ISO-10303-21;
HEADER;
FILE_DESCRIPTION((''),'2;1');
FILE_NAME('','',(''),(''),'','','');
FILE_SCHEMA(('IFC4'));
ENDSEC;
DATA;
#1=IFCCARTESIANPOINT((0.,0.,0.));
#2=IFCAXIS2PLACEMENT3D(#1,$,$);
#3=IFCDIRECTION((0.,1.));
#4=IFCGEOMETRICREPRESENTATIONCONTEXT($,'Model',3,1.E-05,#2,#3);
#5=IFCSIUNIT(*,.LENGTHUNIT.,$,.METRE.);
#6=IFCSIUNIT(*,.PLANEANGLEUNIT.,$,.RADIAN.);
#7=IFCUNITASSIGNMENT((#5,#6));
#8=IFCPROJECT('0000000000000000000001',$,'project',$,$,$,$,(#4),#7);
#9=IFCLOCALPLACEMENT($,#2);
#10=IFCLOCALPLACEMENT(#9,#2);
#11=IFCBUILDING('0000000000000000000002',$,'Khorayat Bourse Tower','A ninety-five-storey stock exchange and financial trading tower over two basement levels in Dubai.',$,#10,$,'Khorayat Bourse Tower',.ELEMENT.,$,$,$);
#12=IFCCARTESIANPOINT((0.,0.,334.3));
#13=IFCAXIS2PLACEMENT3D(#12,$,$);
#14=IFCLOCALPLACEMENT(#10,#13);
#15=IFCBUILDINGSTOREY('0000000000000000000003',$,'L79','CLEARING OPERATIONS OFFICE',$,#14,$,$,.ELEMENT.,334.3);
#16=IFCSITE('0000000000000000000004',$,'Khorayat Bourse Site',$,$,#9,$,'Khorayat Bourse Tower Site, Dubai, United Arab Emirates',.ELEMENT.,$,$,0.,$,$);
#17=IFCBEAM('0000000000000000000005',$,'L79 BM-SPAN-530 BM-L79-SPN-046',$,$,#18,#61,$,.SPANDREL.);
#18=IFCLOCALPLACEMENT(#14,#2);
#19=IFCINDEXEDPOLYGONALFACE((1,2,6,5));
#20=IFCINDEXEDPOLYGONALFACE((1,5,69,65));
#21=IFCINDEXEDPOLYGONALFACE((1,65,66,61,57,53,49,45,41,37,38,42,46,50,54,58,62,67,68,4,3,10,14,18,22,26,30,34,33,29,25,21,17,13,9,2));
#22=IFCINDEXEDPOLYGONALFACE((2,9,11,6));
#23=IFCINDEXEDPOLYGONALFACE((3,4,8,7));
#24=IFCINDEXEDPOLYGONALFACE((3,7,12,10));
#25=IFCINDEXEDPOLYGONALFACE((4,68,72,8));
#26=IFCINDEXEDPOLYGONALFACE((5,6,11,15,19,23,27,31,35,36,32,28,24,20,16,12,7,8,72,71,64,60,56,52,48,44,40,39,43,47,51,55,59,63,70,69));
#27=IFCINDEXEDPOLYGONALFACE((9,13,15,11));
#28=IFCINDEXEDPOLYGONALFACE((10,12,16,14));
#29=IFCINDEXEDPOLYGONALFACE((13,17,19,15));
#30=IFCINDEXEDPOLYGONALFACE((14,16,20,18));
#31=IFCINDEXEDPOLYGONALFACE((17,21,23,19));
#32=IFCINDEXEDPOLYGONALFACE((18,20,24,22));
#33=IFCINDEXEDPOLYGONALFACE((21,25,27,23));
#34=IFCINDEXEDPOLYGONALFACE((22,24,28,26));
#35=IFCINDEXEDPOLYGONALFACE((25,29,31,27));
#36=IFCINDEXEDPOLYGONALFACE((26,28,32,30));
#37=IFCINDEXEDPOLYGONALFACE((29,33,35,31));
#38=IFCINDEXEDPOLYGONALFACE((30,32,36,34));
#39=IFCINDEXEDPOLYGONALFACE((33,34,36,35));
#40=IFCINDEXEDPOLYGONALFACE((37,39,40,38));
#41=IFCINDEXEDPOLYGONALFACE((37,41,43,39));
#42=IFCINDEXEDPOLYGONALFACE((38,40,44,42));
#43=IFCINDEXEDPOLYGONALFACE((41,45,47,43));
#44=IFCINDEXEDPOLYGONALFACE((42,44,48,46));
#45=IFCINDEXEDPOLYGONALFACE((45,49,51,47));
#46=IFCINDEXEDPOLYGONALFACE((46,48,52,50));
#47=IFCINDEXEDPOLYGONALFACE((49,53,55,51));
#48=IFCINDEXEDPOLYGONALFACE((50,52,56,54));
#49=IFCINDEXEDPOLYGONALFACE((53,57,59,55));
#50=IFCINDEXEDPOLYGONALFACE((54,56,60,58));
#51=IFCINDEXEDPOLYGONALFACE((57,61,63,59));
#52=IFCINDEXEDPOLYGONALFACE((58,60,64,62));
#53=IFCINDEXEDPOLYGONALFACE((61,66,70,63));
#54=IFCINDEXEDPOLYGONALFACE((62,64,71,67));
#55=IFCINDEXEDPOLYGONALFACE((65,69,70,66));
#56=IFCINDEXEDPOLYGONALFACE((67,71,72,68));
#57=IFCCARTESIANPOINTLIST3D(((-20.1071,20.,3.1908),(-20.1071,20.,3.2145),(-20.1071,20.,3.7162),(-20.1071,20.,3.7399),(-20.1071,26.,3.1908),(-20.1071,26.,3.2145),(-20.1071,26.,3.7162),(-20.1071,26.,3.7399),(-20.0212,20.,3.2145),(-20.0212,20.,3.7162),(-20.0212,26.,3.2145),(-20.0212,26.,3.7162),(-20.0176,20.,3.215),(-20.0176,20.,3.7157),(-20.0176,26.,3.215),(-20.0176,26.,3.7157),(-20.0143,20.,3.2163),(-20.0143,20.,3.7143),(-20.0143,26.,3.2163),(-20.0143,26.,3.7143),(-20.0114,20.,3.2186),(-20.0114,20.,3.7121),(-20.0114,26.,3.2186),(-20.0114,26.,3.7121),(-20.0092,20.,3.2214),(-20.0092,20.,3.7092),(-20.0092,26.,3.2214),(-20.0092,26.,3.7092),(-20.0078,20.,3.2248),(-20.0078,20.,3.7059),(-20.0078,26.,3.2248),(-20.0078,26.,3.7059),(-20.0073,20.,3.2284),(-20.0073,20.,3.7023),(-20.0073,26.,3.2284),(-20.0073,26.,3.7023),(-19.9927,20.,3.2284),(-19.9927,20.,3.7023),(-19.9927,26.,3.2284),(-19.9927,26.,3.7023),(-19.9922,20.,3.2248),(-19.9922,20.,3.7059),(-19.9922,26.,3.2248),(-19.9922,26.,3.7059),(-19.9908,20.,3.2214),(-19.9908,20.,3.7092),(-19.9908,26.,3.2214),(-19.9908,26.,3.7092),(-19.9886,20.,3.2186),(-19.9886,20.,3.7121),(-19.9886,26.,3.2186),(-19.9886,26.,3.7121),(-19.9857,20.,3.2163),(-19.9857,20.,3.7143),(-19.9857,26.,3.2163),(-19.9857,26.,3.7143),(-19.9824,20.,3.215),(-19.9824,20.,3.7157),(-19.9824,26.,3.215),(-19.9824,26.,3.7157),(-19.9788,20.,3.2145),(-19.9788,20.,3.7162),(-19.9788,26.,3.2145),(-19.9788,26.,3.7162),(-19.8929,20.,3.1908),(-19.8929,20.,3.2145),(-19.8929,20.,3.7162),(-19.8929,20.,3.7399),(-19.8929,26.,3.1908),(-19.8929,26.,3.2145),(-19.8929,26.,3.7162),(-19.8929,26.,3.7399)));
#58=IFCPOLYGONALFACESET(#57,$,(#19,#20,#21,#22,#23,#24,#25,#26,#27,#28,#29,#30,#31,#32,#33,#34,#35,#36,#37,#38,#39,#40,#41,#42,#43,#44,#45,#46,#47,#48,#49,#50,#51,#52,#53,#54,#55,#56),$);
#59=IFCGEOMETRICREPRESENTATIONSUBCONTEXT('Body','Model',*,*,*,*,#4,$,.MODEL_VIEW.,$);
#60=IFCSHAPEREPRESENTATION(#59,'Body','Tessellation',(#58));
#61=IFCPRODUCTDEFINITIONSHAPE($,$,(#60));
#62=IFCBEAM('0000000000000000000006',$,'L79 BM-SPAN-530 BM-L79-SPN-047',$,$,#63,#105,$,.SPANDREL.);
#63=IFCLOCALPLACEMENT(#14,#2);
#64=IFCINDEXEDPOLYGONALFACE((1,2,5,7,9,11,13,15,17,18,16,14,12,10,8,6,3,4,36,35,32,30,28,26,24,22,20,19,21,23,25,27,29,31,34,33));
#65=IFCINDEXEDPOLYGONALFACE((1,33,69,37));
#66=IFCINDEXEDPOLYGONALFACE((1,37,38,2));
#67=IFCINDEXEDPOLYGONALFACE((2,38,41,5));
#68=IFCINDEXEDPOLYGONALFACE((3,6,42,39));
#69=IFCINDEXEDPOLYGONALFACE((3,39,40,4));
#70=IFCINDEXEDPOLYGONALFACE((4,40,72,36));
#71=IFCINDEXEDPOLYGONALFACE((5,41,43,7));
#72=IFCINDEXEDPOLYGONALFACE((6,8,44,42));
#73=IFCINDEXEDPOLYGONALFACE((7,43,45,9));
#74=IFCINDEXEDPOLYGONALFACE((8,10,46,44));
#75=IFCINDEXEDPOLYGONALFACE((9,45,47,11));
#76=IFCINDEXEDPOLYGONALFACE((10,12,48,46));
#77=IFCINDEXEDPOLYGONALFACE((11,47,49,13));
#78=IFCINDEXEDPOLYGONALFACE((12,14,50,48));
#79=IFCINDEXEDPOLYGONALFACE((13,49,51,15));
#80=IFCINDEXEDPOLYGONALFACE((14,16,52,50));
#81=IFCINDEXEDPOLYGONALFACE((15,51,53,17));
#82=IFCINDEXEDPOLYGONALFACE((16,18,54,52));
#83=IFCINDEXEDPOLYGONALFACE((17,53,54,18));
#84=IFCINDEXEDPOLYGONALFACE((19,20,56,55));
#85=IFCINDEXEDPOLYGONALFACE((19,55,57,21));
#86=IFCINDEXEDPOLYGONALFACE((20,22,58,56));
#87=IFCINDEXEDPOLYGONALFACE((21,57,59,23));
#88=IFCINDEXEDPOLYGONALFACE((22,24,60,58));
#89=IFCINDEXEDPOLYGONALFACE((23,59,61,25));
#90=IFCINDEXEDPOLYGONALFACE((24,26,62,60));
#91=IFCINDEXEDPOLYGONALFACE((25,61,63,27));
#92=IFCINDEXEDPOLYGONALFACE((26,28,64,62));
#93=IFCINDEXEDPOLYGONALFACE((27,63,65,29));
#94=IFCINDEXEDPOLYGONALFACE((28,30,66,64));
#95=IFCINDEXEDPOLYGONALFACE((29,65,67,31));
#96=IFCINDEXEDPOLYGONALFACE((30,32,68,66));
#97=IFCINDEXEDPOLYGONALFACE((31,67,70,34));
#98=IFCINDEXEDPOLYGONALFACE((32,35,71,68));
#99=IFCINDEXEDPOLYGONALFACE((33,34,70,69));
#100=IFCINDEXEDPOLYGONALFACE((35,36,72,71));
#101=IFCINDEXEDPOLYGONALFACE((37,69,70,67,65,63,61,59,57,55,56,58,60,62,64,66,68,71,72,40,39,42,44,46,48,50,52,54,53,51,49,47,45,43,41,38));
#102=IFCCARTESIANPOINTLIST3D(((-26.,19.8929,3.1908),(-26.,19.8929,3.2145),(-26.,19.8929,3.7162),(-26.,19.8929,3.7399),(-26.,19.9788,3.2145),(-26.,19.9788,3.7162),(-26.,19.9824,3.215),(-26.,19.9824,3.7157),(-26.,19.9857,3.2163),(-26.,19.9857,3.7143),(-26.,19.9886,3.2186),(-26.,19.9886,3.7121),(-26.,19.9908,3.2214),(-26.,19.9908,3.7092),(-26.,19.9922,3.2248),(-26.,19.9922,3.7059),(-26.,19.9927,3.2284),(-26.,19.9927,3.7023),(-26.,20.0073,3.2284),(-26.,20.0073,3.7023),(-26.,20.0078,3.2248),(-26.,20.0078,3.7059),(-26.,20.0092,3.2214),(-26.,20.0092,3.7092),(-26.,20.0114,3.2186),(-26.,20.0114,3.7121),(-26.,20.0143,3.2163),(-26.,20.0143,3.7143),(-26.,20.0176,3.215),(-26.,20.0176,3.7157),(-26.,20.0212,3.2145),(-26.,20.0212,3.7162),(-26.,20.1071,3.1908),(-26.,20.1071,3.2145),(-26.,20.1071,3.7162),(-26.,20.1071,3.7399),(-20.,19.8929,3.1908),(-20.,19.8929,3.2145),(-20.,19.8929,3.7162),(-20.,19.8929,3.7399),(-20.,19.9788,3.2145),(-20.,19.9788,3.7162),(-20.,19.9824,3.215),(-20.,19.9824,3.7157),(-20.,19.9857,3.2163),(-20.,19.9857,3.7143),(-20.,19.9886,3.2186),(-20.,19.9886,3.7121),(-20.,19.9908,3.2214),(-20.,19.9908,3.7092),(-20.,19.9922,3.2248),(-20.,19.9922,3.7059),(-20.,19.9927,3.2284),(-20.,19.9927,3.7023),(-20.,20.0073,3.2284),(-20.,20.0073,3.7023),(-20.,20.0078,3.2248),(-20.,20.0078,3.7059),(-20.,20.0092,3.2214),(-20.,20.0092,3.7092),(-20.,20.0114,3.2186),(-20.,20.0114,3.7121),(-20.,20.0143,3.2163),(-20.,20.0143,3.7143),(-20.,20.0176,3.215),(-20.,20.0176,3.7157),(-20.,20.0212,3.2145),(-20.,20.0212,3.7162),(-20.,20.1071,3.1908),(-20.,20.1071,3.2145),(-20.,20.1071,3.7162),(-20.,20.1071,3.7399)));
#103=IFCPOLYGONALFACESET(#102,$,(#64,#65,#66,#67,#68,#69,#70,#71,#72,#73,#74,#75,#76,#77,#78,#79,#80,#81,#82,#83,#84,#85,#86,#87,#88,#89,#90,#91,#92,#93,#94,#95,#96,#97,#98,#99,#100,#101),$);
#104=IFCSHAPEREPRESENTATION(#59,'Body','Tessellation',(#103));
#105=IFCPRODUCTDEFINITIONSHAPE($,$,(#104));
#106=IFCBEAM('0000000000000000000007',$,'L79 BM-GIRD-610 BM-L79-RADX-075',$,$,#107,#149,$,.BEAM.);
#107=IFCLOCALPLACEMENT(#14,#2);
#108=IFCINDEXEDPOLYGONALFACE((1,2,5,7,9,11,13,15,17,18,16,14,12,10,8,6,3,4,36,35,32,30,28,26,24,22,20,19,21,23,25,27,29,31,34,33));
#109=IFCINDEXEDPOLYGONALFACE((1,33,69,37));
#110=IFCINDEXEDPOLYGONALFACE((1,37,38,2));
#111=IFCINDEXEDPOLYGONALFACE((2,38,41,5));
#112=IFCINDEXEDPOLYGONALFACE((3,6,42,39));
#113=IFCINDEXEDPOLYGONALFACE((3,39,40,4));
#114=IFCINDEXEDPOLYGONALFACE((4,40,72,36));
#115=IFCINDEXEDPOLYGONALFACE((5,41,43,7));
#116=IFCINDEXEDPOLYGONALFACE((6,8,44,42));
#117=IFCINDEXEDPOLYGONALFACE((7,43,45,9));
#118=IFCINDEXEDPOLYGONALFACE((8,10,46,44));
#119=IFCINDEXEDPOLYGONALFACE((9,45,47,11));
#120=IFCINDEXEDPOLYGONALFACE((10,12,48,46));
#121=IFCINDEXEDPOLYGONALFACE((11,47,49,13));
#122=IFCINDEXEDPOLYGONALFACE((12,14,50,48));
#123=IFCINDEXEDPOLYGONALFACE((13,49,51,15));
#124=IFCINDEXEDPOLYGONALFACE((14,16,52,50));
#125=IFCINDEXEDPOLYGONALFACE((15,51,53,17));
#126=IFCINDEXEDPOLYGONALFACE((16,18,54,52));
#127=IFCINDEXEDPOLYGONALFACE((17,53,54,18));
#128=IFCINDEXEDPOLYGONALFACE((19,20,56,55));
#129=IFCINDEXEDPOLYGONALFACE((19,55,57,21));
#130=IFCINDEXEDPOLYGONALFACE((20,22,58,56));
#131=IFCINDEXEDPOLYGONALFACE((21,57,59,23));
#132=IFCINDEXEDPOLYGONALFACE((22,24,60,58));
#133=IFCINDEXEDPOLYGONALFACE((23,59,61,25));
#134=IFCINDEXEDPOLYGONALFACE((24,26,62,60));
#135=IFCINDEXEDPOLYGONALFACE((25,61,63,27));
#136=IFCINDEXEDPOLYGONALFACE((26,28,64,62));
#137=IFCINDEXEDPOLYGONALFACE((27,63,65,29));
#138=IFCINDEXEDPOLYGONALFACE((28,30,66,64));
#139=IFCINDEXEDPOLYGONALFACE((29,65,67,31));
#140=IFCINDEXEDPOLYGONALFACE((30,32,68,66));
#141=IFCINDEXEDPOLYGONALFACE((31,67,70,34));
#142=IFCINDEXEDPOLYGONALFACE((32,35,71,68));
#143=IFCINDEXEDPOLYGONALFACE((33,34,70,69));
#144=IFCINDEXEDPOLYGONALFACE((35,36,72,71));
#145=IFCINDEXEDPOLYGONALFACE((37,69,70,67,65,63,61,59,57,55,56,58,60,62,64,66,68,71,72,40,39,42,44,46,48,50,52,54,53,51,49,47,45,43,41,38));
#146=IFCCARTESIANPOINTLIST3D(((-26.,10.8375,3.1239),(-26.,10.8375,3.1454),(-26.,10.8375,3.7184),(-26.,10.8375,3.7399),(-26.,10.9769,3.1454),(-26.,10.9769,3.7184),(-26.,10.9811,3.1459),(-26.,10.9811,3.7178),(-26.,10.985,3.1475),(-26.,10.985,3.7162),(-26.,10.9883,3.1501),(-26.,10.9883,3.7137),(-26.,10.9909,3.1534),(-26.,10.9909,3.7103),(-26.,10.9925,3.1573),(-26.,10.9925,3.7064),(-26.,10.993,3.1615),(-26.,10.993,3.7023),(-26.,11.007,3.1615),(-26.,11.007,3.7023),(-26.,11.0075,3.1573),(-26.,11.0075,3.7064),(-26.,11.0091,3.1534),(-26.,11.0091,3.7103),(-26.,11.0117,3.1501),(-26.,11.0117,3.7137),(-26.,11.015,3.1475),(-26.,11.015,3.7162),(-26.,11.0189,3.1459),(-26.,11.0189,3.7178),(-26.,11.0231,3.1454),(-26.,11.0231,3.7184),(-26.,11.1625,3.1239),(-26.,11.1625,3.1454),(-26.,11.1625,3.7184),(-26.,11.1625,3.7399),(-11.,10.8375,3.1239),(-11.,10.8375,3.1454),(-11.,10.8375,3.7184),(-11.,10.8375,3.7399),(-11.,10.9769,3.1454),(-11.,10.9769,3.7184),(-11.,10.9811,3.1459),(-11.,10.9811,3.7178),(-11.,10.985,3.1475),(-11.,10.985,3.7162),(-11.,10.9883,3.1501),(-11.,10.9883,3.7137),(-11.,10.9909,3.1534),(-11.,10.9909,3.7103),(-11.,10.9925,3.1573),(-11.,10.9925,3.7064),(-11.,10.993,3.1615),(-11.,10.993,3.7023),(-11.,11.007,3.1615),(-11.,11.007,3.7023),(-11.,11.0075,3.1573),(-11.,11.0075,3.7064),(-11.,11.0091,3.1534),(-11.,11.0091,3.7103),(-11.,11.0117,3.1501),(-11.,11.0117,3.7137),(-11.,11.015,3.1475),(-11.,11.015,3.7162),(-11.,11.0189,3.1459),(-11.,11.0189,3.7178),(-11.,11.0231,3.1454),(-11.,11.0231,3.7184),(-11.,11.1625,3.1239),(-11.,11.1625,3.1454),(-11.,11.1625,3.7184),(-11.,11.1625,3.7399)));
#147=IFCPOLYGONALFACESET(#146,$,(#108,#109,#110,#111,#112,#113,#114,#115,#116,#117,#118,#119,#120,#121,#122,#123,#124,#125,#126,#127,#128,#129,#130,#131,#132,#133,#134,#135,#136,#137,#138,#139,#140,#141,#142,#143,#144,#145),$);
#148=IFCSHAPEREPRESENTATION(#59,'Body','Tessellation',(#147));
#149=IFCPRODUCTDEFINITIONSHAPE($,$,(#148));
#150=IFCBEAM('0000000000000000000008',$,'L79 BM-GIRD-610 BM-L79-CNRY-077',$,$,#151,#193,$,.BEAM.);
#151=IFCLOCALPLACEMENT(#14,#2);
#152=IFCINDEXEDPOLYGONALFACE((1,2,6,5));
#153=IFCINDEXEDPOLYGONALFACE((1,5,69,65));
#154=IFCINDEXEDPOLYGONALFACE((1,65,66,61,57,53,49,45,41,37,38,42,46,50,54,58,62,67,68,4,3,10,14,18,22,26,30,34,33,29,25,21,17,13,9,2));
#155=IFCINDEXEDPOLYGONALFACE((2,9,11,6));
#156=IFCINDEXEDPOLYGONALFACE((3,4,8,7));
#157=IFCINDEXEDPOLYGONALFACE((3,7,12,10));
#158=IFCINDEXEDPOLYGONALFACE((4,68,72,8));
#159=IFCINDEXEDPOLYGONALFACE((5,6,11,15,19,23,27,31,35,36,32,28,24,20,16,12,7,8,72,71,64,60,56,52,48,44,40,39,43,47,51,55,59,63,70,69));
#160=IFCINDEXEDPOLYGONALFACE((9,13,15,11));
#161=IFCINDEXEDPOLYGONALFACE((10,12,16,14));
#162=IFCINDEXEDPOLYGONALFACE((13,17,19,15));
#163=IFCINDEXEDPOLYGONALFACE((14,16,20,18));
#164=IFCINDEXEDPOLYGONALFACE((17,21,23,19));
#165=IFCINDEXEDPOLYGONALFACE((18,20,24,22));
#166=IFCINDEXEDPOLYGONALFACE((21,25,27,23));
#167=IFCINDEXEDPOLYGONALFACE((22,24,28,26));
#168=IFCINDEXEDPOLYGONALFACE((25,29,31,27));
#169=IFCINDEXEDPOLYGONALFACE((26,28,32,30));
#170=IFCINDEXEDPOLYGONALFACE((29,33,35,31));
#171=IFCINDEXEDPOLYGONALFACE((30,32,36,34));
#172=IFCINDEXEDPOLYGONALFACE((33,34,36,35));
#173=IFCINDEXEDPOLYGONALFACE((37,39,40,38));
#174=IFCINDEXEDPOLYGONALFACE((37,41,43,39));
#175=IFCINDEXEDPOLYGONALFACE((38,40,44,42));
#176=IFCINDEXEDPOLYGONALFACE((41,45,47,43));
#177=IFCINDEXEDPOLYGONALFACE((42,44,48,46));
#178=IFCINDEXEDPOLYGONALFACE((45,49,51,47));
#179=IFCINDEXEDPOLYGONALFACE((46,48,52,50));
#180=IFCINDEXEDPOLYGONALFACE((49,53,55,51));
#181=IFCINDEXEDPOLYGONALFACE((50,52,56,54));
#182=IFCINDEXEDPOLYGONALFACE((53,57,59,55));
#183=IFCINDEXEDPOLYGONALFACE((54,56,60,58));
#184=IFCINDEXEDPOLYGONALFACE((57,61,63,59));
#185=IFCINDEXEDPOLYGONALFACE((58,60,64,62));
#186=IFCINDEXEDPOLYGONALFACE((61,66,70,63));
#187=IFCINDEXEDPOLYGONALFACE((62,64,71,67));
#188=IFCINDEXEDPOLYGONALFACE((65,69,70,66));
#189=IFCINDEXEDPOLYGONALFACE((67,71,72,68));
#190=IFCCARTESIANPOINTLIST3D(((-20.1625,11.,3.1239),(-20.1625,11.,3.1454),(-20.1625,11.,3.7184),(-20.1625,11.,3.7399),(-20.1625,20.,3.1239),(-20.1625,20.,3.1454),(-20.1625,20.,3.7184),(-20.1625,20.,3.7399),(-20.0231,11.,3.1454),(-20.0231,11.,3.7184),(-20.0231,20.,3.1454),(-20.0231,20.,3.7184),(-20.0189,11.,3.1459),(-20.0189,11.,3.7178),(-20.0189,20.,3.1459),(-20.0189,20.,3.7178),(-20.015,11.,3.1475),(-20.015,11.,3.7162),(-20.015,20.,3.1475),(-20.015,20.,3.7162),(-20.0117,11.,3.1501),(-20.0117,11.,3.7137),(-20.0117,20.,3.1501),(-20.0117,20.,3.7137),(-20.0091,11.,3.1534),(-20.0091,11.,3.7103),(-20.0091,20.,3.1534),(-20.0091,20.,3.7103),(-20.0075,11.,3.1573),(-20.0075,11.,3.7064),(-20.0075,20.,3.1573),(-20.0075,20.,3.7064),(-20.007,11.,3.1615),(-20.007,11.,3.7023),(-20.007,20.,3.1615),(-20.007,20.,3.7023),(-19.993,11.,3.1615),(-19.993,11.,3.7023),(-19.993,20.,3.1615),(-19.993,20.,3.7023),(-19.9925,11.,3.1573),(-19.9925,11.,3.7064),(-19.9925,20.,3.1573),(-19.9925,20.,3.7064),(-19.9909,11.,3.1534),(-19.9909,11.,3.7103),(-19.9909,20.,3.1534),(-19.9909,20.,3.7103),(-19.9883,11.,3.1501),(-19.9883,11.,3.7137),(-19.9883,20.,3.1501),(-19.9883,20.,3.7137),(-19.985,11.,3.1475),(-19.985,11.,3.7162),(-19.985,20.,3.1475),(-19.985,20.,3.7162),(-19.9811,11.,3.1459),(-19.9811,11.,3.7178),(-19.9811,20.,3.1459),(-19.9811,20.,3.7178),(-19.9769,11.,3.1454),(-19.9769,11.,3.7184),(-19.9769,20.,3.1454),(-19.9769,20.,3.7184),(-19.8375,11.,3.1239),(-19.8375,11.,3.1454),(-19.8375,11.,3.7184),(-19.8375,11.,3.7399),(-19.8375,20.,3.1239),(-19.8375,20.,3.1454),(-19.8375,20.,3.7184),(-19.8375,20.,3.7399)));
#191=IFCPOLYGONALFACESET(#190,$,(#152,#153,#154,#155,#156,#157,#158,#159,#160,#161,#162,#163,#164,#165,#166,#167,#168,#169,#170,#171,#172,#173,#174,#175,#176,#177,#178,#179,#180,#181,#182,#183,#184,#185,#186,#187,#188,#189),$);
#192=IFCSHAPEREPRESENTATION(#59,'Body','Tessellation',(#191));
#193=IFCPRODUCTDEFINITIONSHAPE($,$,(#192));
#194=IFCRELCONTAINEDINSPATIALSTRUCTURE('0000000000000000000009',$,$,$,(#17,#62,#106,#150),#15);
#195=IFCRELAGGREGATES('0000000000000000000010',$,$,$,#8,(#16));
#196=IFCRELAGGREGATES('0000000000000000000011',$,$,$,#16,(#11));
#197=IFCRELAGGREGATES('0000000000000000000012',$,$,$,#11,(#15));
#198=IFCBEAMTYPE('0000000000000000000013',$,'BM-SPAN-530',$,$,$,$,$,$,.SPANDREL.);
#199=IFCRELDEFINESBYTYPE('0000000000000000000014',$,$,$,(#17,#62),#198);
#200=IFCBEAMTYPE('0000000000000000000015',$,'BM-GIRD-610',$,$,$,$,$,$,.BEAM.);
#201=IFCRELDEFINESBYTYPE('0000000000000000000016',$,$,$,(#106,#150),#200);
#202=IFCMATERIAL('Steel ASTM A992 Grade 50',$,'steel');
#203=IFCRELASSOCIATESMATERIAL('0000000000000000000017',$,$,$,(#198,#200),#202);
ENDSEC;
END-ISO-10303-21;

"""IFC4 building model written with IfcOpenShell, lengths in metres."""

from ifc_helpers import new_model, si_unit, direction, frame, origin, origin_2d, place, context, subcontext, project, spatial, i_section, extrude, source, transform, mapped, material, material_profile, profile_set, type_object, element, save


model = new_model("IFC4")

# Units and contexts
model_context = context("Model", 3, precision=1e-05, world=origin(), true_north=direction((0.0, 1.0)))
body_context = subcontext(model_context, "Body", "Model", "MODEL_VIEW")
ifc_project = project(units=[si_unit("LENGTHUNIT", "METRE"), si_unit("PLANEANGLEUNIT", "RADIAN")], contexts=[model_context])

# Site, building, storey
site_placement = place(None, origin())
site = spatial("IfcSite", under=ifc_project, at=site_placement, Name="Khorayat Bourse Site", LongName="Khorayat Bourse Tower Site, Dubai, United Arab Emirates", CompositionType="ELEMENT", RefElevation=0.0)
building_placement = place(site_placement, origin())
building = spatial("IfcBuilding", under=site, at=building_placement, Name="Khorayat Bourse Tower", Description="A ninety-five-storey stock exchange and financial trading tower over two basement levels in Dubai.", LongName="Khorayat Bourse Tower", CompositionType="ELEMENT")
storey_placement = place(building_placement, frame((0.0, 0.0, 334.3)))
storey = spatial("IfcBuildingStorey", under=building, at=storey_placement, Name="L79", Description="CLEARING OPERATIONS OFFICE", CompositionType="ELEMENT", Elevation=334.3)

# Beams
ifc_material_1 = material(Name="Steel ASTM A992 Grade 50", Category="steel")
ifc_material_profile_1 = material_profile(ifc_material_1, i_section(OverallWidth=0.2141, OverallDepth=0.5491, WebThickness=0.0146, FlangeThickness=0.0237, FilletRadius=0.0139, at=origin_2d()), Name="W530X138")
ifc_profile_set_1 = profile_set([ifc_material_profile_1], Name="Steel ASTM A992 Grade 50")
beam_type_1 = type_object("IfcBeamType", Name="BM-SPAN-530", PredefinedType="SPANDREL", material=ifc_profile_set_1)
shared_shape_1 = source(origin(), body_context, "Body", "SweptSolid", [
    extrude(i_section(OverallWidth=0.2141, OverallDepth=0.5491, WebThickness=0.0146, FlangeThickness=0.0237, FilletRadius=0.0139, at=origin_2d()), origin(), (0.0, 0.0, 1.0), 6.0),
])
for number, where, z_axis, x_axis, name in (
    (1, (-20.0, 20.0, 3.4653), (0.0, 1.0, 0.0), (-1.0, 0.0, 0.0), "L79 BM-SPAN-530 BM-L79-SPN-046"),
    (2, (-26.0, 20.0, 3.4653), (1.0, 0.0, 0.0), (0.0, 1.0, 0.0), "L79 BM-SPAN-530 BM-L79-SPN-047"),
):
    element("IfcBeam", number, at=place(storey_placement, frame(where, z_axis=z_axis, x_axis=x_axis)), inside=storey, type_object=beam_type_1, Name=name, PredefinedType="SPANDREL", context=body_context, shape_type="MappedRepresentation", body=[
        mapped(shared_shape_1, transform((0.0, 0.0, 0.0), scale=1.0)),
    ])
ifc_material_profile_2 = material_profile(ifc_material_1, i_section(OverallWidth=0.325, OverallDepth=0.616, WebThickness=0.0139, FlangeThickness=0.0215, FilletRadius=0.0161, at=origin_2d()), Name="W610X174")
ifc_profile_set_2 = profile_set([ifc_material_profile_2], Name="Steel ASTM A992 Grade 50")
beam_type_2 = type_object("IfcBeamType", Name="BM-GIRD-610", PredefinedType="BEAM", material=ifc_profile_set_2)
shared_shape_2 = source(origin(), body_context, "Body", "SweptSolid", [
    extrude(i_section(OverallWidth=0.325, OverallDepth=0.616, WebThickness=0.0139, FlangeThickness=0.0215, FilletRadius=0.0161, at=origin_2d()), origin(), (0.0, 0.0, 1.0), 15.0),
])
beam_1_placement = place(storey_placement, frame((-26.0, 11.0, 3.4319), z_axis=(1.0, 0.0, 0.0), x_axis=(0.0, 1.0, 0.0)))
element("IfcBeam", 3, at=beam_1_placement, inside=storey, type_object=beam_type_2, Name="L79 BM-GIRD-610 BM-L79-RADX-075", PredefinedType="BEAM", context=body_context, shape_type="MappedRepresentation", body=[
    mapped(shared_shape_2, transform((0.0, 0.0, 0.0), scale=1.0)),
])
shared_shape_3 = source(origin(), body_context, "Body", "SweptSolid", [
    extrude(i_section(OverallWidth=0.325, OverallDepth=0.616, WebThickness=0.0139, FlangeThickness=0.0215, FilletRadius=0.0161, at=origin_2d()), origin(), (0.0, 0.0, 1.0), 9.0),
])
beam_2_placement = place(storey_placement, frame((-20.0, 11.0, 3.4319), z_axis=(0.0, 1.0, 0.0), x_axis=(-1.0, 0.0, 0.0)))
element("IfcBeam", 4, at=beam_2_placement, inside=storey, type_object=beam_type_2, Name="L79 BM-GIRD-610 BM-L79-CNRY-077", PredefinedType="BEAM", context=body_context, shape_type="MappedRepresentation", body=[
    mapped(shared_shape_3, transform((0.0, 0.0, 0.0), scale=1.0)),
])

save(model, "model.ifc")
